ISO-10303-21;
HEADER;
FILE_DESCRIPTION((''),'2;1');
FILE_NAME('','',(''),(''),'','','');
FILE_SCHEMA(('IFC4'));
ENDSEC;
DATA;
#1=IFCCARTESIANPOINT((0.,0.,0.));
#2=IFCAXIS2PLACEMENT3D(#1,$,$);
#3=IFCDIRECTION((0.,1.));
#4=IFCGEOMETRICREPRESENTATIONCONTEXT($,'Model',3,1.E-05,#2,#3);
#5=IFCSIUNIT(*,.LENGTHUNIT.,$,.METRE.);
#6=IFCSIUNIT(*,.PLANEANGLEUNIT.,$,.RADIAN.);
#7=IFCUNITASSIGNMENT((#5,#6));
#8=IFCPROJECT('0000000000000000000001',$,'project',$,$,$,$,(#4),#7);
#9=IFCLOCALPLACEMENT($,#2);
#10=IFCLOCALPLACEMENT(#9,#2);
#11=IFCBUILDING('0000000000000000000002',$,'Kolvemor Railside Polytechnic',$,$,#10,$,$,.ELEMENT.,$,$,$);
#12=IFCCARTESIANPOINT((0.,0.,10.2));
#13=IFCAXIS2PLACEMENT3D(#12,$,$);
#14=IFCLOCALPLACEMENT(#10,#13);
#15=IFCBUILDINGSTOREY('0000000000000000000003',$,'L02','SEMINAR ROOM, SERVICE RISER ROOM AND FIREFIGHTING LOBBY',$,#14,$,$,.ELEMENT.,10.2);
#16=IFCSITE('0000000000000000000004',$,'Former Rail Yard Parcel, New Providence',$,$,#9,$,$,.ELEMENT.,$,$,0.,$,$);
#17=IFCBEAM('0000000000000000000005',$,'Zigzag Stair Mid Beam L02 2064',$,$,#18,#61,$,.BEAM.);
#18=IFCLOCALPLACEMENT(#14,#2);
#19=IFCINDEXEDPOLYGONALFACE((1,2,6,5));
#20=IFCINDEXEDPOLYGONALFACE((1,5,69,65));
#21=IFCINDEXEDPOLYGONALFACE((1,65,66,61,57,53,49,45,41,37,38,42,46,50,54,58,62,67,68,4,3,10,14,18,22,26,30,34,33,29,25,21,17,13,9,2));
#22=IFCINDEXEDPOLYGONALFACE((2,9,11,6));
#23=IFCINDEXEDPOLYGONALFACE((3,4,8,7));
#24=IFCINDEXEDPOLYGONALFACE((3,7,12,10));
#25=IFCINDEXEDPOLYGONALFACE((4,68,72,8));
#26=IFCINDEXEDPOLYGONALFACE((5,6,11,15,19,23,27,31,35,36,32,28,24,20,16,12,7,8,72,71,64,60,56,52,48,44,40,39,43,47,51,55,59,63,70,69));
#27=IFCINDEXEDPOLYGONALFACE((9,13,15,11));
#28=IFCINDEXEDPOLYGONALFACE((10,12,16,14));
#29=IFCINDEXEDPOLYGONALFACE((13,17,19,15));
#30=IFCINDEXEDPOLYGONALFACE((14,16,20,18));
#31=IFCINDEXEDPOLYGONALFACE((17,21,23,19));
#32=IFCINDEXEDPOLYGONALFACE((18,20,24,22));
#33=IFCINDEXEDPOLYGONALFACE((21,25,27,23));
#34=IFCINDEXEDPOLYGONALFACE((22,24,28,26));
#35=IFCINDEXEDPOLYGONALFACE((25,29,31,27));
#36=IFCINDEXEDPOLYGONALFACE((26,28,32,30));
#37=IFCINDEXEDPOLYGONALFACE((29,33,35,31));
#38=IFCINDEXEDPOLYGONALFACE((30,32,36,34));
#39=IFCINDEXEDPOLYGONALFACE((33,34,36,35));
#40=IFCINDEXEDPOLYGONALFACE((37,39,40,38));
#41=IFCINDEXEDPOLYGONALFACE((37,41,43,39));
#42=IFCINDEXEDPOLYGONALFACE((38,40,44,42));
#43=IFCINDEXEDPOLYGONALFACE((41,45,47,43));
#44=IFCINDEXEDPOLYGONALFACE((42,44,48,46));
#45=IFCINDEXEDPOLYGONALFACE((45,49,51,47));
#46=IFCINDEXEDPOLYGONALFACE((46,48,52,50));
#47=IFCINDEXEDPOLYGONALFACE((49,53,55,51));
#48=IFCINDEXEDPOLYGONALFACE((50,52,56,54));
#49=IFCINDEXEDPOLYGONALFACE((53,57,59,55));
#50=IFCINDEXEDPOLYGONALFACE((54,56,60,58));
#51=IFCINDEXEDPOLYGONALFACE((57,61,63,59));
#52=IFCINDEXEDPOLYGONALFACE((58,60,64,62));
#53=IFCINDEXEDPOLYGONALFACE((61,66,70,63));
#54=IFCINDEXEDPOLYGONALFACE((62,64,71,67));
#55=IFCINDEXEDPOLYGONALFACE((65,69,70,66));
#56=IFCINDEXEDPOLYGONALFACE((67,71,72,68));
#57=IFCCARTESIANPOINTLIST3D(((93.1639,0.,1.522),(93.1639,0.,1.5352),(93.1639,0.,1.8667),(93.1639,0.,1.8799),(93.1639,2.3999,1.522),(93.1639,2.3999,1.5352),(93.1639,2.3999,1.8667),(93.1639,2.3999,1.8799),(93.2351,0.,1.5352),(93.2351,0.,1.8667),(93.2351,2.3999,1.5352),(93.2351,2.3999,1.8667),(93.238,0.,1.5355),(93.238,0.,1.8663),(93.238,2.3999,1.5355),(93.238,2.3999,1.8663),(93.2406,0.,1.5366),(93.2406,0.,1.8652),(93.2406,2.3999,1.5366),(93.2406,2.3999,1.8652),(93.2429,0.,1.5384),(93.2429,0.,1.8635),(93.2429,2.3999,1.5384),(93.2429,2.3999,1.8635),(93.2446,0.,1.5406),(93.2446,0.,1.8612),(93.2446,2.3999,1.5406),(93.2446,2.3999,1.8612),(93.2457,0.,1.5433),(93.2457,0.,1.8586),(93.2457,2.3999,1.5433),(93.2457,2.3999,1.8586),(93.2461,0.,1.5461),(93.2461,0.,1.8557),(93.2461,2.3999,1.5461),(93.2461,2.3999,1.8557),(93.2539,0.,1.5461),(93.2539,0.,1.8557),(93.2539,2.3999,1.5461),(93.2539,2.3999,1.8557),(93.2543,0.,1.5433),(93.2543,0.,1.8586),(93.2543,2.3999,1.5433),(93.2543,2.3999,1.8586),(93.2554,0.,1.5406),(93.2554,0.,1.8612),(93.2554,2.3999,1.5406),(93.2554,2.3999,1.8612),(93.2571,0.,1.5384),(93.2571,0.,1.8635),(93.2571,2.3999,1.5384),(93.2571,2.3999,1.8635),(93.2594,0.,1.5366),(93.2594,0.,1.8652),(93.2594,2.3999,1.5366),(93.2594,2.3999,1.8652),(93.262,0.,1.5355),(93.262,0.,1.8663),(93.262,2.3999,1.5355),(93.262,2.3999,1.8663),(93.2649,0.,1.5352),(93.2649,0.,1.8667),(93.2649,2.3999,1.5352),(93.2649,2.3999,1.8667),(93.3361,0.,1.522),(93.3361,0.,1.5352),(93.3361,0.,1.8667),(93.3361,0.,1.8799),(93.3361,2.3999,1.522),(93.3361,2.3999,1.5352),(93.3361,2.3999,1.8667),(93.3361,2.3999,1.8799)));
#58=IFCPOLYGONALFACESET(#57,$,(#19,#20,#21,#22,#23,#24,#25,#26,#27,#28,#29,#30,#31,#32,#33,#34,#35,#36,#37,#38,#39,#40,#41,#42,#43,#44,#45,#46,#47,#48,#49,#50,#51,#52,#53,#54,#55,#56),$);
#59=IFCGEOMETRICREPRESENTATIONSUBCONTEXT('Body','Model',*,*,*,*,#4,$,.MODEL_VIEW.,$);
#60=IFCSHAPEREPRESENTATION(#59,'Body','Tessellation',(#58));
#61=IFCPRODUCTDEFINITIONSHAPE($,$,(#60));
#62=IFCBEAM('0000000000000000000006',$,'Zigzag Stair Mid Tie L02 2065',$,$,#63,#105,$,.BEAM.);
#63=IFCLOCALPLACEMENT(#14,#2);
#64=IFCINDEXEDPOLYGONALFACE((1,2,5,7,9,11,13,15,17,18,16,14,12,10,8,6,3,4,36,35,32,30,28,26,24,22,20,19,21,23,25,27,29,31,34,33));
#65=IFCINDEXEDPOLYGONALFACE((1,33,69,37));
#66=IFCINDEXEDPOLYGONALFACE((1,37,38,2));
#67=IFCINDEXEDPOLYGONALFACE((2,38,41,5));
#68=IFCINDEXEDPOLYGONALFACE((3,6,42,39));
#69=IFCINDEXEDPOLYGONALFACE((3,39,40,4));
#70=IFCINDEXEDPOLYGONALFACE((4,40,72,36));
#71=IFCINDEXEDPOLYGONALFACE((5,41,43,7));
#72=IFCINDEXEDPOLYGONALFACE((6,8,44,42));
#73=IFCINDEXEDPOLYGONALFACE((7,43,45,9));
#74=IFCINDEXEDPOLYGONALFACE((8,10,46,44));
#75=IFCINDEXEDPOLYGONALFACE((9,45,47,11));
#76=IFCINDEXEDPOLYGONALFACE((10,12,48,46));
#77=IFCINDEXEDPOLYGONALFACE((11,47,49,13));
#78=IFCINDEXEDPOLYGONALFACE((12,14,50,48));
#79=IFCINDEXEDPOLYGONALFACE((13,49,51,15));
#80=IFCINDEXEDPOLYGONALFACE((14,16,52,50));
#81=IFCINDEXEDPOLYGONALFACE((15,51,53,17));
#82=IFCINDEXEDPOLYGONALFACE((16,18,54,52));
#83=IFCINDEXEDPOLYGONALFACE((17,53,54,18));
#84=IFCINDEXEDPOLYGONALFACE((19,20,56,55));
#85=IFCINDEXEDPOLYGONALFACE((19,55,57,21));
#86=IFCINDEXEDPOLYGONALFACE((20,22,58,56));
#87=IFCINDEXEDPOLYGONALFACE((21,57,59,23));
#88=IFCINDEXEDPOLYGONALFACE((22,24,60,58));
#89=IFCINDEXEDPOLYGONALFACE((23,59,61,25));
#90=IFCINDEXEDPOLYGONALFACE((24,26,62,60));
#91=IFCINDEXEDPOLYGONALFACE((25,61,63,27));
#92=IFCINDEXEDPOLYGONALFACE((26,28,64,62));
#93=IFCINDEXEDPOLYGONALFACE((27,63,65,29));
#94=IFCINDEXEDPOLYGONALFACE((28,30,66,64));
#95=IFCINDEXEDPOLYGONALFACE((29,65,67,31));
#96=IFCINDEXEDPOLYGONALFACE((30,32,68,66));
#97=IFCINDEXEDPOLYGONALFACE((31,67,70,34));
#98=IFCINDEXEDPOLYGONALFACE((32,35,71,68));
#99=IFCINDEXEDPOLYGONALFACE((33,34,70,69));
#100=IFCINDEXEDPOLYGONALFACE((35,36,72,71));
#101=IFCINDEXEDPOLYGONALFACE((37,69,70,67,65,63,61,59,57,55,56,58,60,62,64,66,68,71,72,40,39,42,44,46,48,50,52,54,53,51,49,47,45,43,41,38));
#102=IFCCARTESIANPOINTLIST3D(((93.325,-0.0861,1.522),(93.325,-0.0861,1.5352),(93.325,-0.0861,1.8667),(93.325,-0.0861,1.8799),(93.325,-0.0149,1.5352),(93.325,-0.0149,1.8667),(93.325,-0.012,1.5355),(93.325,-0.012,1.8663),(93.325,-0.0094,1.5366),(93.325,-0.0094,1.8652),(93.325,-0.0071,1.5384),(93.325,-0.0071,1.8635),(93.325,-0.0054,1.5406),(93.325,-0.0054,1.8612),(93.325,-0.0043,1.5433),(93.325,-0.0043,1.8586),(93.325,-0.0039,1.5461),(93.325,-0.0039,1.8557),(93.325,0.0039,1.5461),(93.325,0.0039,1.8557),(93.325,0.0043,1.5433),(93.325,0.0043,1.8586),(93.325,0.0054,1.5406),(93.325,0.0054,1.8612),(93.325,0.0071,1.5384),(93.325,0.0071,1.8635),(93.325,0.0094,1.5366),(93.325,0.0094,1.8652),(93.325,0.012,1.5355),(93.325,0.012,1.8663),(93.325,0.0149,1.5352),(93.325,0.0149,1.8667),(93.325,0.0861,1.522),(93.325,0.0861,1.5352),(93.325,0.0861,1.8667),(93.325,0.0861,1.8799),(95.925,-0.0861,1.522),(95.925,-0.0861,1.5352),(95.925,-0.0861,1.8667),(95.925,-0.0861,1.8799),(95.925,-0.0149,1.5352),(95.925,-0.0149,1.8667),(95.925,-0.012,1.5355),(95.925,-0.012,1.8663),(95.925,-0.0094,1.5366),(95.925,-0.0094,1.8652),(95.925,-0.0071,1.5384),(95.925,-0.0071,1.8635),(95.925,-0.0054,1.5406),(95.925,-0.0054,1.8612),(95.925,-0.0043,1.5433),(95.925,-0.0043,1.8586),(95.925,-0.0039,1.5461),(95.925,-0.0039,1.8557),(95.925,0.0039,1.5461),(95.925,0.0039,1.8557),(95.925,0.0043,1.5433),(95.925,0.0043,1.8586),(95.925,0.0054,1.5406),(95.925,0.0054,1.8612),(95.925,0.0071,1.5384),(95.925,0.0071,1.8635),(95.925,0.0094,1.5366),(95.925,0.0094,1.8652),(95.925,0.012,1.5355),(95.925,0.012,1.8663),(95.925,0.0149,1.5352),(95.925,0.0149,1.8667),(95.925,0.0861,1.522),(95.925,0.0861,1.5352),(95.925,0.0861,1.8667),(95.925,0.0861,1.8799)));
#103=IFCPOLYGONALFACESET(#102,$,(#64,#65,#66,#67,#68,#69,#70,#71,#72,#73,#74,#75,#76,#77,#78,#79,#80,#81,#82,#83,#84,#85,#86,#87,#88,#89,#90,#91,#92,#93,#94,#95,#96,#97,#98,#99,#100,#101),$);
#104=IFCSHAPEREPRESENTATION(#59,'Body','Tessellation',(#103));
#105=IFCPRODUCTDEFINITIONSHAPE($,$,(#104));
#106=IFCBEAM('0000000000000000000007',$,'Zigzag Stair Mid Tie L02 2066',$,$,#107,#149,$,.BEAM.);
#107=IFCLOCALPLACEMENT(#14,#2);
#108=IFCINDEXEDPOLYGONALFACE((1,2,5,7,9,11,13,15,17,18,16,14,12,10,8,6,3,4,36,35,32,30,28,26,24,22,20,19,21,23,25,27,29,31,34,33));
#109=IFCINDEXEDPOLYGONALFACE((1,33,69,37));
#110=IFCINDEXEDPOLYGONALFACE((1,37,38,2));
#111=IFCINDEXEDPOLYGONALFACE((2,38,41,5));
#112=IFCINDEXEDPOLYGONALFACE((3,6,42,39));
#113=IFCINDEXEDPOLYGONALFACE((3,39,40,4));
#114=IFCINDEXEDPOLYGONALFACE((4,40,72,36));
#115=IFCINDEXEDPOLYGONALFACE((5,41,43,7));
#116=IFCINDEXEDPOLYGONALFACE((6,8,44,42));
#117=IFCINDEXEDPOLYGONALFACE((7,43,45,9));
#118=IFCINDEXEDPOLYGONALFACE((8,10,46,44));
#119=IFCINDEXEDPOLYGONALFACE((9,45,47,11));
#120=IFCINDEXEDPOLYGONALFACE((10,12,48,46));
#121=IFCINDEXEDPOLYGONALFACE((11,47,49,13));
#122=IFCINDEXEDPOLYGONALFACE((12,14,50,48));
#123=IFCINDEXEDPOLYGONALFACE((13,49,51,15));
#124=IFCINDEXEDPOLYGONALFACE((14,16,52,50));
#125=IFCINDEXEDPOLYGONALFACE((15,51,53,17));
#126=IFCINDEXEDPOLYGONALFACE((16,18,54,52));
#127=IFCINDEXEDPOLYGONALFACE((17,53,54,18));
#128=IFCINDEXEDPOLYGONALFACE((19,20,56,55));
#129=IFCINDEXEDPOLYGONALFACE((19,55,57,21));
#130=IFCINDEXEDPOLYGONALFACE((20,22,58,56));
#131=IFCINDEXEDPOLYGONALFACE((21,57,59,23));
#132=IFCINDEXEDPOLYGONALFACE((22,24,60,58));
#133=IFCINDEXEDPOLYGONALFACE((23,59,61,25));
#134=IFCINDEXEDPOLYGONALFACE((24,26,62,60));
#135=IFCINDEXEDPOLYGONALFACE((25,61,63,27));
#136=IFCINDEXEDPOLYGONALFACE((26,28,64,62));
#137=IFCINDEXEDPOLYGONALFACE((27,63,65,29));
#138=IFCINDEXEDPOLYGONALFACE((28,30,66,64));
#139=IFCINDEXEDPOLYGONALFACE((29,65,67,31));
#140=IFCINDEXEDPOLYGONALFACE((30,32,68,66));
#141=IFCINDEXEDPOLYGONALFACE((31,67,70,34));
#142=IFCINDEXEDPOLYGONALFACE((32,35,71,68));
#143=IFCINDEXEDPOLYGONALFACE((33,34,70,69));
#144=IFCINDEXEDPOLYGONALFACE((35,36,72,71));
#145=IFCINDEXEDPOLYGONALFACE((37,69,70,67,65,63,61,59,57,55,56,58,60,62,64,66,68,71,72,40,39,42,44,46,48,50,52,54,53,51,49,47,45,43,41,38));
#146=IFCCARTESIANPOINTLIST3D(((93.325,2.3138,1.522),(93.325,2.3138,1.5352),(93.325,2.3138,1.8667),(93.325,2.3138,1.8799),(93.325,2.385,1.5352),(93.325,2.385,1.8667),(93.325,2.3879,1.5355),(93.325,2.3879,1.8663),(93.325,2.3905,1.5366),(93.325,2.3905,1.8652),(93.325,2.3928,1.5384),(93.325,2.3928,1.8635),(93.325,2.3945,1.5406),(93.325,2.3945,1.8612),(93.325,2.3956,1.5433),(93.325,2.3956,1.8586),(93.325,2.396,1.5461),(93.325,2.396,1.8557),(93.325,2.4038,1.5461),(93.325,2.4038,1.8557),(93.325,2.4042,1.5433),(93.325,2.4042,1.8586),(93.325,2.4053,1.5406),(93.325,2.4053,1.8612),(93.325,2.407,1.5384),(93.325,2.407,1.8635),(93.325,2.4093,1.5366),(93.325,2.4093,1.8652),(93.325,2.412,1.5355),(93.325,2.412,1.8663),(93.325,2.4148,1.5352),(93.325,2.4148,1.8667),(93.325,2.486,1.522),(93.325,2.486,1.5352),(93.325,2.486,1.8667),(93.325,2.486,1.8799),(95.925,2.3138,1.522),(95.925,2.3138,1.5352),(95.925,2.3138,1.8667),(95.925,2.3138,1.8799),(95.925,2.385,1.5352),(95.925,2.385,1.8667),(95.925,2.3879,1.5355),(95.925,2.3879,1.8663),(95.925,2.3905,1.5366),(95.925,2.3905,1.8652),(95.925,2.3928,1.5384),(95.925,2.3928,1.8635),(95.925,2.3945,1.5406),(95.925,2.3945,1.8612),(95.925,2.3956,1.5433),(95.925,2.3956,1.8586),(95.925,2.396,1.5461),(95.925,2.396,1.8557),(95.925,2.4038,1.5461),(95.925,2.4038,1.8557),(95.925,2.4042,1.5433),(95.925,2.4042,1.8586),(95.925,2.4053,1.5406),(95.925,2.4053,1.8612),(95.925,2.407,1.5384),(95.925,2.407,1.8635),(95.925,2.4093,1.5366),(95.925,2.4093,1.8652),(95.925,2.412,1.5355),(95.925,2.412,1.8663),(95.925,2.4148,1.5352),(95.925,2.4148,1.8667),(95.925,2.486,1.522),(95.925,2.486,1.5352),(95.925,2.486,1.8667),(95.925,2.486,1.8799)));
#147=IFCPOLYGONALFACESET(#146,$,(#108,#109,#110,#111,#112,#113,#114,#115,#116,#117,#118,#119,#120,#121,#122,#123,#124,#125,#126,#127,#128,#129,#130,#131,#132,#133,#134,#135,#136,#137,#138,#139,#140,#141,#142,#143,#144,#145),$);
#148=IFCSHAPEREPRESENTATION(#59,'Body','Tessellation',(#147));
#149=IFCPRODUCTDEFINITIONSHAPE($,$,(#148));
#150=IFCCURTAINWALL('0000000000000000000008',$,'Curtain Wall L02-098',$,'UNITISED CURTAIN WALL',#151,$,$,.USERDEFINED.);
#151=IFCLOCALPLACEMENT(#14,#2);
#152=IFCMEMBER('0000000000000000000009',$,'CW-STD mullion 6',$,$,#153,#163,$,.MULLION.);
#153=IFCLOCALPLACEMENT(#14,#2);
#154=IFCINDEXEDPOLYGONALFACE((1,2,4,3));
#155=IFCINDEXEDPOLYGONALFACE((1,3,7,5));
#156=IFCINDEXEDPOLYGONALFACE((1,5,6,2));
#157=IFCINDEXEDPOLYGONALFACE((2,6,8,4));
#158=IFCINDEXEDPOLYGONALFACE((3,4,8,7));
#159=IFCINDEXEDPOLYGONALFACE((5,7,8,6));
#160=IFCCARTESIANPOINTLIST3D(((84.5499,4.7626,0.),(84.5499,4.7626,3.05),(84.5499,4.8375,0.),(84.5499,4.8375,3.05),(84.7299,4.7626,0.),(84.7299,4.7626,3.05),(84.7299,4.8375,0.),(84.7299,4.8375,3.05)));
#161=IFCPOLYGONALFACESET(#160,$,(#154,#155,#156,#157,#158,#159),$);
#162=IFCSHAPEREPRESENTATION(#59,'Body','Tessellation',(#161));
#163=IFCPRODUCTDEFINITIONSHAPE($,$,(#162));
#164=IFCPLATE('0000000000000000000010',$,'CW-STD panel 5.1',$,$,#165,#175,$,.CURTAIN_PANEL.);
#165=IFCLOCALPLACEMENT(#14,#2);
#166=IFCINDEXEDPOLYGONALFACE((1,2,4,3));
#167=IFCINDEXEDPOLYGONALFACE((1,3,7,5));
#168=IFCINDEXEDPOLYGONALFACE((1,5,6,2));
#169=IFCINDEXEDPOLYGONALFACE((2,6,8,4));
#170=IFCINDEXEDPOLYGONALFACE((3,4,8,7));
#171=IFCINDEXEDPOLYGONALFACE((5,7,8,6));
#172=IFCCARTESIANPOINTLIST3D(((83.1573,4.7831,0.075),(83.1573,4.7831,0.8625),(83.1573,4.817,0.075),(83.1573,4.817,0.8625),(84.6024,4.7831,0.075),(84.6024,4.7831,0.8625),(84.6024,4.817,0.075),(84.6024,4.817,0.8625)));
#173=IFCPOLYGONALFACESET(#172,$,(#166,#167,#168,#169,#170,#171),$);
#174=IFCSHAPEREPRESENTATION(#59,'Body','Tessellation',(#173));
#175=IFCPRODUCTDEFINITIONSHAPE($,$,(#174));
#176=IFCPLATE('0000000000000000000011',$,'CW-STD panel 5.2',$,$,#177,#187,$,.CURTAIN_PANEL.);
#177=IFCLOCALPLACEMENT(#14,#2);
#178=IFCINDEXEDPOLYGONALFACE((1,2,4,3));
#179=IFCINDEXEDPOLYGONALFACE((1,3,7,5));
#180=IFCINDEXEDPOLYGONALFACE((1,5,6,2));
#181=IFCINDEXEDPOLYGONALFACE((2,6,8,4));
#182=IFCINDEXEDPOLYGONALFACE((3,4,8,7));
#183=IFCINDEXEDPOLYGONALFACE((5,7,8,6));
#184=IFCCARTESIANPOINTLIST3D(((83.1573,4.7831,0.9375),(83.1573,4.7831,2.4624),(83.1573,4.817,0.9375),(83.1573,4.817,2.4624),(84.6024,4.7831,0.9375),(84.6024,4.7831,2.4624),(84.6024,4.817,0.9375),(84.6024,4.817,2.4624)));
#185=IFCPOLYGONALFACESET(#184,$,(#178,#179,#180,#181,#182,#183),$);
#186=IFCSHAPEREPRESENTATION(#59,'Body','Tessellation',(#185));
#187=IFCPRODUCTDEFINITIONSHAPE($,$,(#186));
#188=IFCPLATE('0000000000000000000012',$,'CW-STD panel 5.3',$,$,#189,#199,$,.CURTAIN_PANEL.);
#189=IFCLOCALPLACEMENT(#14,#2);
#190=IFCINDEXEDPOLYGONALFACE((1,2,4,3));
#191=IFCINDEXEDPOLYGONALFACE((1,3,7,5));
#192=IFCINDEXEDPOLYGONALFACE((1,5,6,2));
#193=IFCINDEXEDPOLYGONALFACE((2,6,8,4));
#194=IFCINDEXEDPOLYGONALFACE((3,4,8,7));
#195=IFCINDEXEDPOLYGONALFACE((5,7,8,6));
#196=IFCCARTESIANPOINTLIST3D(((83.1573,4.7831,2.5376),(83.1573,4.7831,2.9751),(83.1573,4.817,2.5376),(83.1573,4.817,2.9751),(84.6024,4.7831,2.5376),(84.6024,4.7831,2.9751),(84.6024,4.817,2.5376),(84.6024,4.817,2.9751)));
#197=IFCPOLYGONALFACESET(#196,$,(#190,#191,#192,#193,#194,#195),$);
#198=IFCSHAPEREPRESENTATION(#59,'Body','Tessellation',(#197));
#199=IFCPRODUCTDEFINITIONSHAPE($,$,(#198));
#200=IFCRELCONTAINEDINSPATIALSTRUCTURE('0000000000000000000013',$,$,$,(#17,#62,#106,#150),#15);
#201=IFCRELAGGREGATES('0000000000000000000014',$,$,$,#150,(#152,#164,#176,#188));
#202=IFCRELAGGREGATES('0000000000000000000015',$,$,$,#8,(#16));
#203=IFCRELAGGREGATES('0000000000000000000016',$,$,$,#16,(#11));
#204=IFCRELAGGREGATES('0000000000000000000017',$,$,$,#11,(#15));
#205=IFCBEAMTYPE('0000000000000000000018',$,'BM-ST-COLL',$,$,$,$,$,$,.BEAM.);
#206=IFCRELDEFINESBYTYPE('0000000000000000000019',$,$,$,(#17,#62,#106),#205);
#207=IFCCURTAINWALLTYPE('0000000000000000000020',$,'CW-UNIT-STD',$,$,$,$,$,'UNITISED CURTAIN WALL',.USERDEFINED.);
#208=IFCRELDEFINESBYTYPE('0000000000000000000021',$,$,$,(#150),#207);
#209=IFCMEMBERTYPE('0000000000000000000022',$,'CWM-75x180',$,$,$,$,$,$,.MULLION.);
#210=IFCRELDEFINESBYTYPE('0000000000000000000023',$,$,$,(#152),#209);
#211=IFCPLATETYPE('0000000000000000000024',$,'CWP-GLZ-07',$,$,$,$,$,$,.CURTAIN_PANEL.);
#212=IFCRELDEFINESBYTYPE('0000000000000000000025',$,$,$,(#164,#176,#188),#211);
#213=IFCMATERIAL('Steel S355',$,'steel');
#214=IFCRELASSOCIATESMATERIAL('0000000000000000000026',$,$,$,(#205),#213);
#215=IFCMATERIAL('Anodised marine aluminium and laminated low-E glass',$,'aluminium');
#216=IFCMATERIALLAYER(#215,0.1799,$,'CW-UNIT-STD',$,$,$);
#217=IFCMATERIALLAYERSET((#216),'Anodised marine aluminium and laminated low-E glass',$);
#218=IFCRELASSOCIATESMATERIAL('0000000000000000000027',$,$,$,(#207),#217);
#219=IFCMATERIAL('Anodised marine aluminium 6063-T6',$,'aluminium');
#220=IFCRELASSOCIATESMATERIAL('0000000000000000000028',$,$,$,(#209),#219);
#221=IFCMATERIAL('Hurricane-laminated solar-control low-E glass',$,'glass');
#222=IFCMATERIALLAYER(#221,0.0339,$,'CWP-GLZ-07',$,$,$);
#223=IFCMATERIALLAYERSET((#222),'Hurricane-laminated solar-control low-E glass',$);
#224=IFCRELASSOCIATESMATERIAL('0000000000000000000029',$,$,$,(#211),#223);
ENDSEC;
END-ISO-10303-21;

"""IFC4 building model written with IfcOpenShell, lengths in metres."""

from ifc_helpers import new_model, si_unit, direction, frame, origin, origin_2d, place, context, subcontext, project, spatial, rectangle, i_section, extrude, material, layer, layer_set, material_profile, profile_set, type_object, element, aggregate, save


model = new_model("IFC4")

# Units and contexts
model_context = context("Model", 3, precision=1e-05, world=origin(), true_north=direction((0.0, 1.0)))
body_context = subcontext(model_context, "Body", "Model", "MODEL_VIEW")
ifc_project = project(units=[si_unit("LENGTHUNIT", "METRE"), si_unit("PLANEANGLEUNIT", "RADIAN")], contexts=[model_context])

# Site, building, storey
site_placement = place(None, origin())
site = spatial("IfcSite", under=ifc_project, at=site_placement, Name="Former Rail Yard Parcel, New Providence", CompositionType="ELEMENT", RefElevation=0.0)
building_placement = place(site_placement, origin())
building = spatial("IfcBuilding", under=site, at=building_placement, Name="Kolvemor Railside Polytechnic", CompositionType="ELEMENT")
storey_placement = place(building_placement, frame((0.0, 0.0, 10.2)))
storey = spatial("IfcBuildingStorey", under=building, at=storey_placement, Name="L02", Description="SEMINAR ROOM, SERVICE RISER ROOM AND FIREFIGHTING LOBBY", CompositionType="ELEMENT", Elevation=10.2)

# Beams
ifc_material_1 = material(Name="Steel S355", Category="steel")
ifc_material_profile_1 = material_profile(ifc_material_1, i_section(OverallWidth=0.1721, OverallDepth=0.3579, WebThickness=0.0078, FlangeThickness=0.0132, FilletRadius=0.011, at=origin_2d()), Name="W360x57")
ifc_profile_set_1 = profile_set([ifc_material_profile_1], Name="Steel S355")
beam_type_1 = type_object("IfcBeamType", Name="BM-ST-COLL", PredefinedType="BEAM", material=ifc_profile_set_1)
beam_1_placement = place(storey_placement, frame((93.25, 0.0, 1.7009), z_axis=(0.0, 1.0, 0.0), x_axis=(-1.0, 0.0, 0.0)))
element("IfcBeam", 1, at=beam_1_placement, inside=storey, type_object=beam_type_1, Name="Zigzag Stair Mid Beam L02 2064", PredefinedType="BEAM", context=body_context, shape_type="SweptSolid", body=[
    extrude(i_section(OverallWidth=0.1721, OverallDepth=0.3579, WebThickness=0.0078, FlangeThickness=0.0132, FilletRadius=0.011, at=origin_2d()), origin(), (0.0, 0.0, 1.0), 2.3999),
])
for number, where, z_axis, x_axis, name in (
    (2, (93.325, 0.0, 1.7009), (1.0, 0.0, 0.0), (0.0, 1.0, 0.0), "Zigzag Stair Mid Tie L02 2065"),
    (3, (93.325, 2.3999, 1.7009), (1.0, 0.0, 0.0), (0.0, 1.0, 0.0), "Zigzag Stair Mid Tie L02 2066"),
):
    element("IfcBeam", number, at=place(storey_placement, frame(where, z_axis=z_axis, x_axis=x_axis)), inside=storey, type_object=beam_type_1, Name=name, PredefinedType="BEAM", context=body_context, shape_type="SweptSolid", body=[
        extrude(i_section(OverallWidth=0.1721, OverallDepth=0.3579, WebThickness=0.0078, FlangeThickness=0.0132, FilletRadius=0.011, at=origin_2d()), origin(), (0.0, 0.0, 1.0), 2.6001),
    ])

# Curtain wall, member, plates
ifc_material_2 = material(Name="Anodised marine aluminium and laminated low-E glass", Category="aluminium")
ifc_layer_1 = layer(ifc_material_2, 0.1799, Name="CW-UNIT-STD")
ifc_layer_set_1 = layer_set([ifc_layer_1], Name="Anodised marine aluminium and laminated low-E glass")
curtain_wall_type = type_object("IfcCurtainWallType", Name="CW-UNIT-STD", ElementType="UNITISED CURTAIN WALL", PredefinedType="USERDEFINED", material=ifc_layer_set_1)
curtain_wall_placement = place(storey_placement, origin())
curtain_wall = element("IfcCurtainWall", 4, at=curtain_wall_placement, inside=storey, type_object=curtain_wall_type, Name="Curtain Wall L02-098", ObjectType="UNITISED CURTAIN WALL", PredefinedType="USERDEFINED")
ifc_material_3 = material(Name="Anodised marine aluminium 6063-T6", Category="aluminium")
ifc_material_profile_2 = material_profile(ifc_material_3, rectangle(XDim=0.075, YDim=0.1799, at=origin_2d()), Name="CW-MUL-75x180")
ifc_profile_set_2 = profile_set([ifc_material_profile_2], Name="Anodised marine aluminium 6063-T6")
member_type = type_object("IfcMemberType", Name="CWM-75x180", PredefinedType="MULLION", material=ifc_profile_set_2)
member_placement = place(storey_placement, frame((84.6399, 4.8, 0.0), z_axis=(0.0, 0.0, 1.0), x_axis=(0.0, 1.0, 0.0)))
member = element("IfcMember", 5, at=member_placement, type_object=member_type, Name="CW-STD mullion 6", PredefinedType="MULLION", context=body_context, shape_type="SweptSolid", body=[
    extrude(rectangle(XDim=0.075, YDim=0.1799, at=origin_2d()), origin(), (0.0, 0.0, 1.0), 3.05),
])
ifc_material_4 = material(Name="Hurricane-laminated solar-control low-E glass", Category="glass")
ifc_layer_2 = layer(ifc_material_4, 0.0339, Name="CWP-GLZ-07")
ifc_layer_set_2 = layer_set([ifc_layer_2], Name="Hurricane-laminated solar-control low-E glass")
plate_type = type_object("IfcPlateType", Name="CWP-GLZ-07", PredefinedType="CURTAIN_PANEL", material=ifc_layer_set_2)
plate_1_placement = place(storey_placement, frame((83.8799, 4.8, 0.075), z_axis=(0.0, 0.0, 1.0), x_axis=(1.0, 0.0, 0.0)))
plate_1 = element("IfcPlate", 6, at=plate_1_placement, type_object=plate_type, Name="CW-STD panel 5.1", PredefinedType="CURTAIN_PANEL", context=body_context, shape_type="SweptSolid", body=[
    extrude(rectangle(XDim=1.4451, YDim=0.0339, at=origin_2d()), origin(), (0.0, 0.0, 1.0), 0.7876),
])
plate_2_placement = place(storey_placement, frame((83.8799, 4.8, 0.9375), z_axis=(0.0, 0.0, 1.0), x_axis=(1.0, 0.0, 0.0)))
plate_2 = element("IfcPlate", 7, at=plate_2_placement, type_object=plate_type, Name="CW-STD panel 5.2", PredefinedType="CURTAIN_PANEL", context=body_context, shape_type="SweptSolid", body=[
    extrude(rectangle(XDim=1.4451, YDim=0.0339, at=origin_2d()), origin(), (0.0, 0.0, 1.0), 1.5249),
])
plate_3_placement = place(storey_placement, frame((83.8799, 4.8, 2.5376), z_axis=(0.0, 0.0, 1.0), x_axis=(1.0, 0.0, 0.0)))
plate_3 = element("IfcPlate", 8, at=plate_3_placement, type_object=plate_type, Name="CW-STD panel 5.3", PredefinedType="CURTAIN_PANEL", context=body_context, shape_type="SweptSolid", body=[
    extrude(rectangle(XDim=1.4451, YDim=0.0339, at=origin_2d()), origin(), (0.0, 0.0, 1.0), 0.4375),
])
aggregate(curtain_wall, [member, plate_1, plate_2, plate_3])

save(model, "model.ifc")
